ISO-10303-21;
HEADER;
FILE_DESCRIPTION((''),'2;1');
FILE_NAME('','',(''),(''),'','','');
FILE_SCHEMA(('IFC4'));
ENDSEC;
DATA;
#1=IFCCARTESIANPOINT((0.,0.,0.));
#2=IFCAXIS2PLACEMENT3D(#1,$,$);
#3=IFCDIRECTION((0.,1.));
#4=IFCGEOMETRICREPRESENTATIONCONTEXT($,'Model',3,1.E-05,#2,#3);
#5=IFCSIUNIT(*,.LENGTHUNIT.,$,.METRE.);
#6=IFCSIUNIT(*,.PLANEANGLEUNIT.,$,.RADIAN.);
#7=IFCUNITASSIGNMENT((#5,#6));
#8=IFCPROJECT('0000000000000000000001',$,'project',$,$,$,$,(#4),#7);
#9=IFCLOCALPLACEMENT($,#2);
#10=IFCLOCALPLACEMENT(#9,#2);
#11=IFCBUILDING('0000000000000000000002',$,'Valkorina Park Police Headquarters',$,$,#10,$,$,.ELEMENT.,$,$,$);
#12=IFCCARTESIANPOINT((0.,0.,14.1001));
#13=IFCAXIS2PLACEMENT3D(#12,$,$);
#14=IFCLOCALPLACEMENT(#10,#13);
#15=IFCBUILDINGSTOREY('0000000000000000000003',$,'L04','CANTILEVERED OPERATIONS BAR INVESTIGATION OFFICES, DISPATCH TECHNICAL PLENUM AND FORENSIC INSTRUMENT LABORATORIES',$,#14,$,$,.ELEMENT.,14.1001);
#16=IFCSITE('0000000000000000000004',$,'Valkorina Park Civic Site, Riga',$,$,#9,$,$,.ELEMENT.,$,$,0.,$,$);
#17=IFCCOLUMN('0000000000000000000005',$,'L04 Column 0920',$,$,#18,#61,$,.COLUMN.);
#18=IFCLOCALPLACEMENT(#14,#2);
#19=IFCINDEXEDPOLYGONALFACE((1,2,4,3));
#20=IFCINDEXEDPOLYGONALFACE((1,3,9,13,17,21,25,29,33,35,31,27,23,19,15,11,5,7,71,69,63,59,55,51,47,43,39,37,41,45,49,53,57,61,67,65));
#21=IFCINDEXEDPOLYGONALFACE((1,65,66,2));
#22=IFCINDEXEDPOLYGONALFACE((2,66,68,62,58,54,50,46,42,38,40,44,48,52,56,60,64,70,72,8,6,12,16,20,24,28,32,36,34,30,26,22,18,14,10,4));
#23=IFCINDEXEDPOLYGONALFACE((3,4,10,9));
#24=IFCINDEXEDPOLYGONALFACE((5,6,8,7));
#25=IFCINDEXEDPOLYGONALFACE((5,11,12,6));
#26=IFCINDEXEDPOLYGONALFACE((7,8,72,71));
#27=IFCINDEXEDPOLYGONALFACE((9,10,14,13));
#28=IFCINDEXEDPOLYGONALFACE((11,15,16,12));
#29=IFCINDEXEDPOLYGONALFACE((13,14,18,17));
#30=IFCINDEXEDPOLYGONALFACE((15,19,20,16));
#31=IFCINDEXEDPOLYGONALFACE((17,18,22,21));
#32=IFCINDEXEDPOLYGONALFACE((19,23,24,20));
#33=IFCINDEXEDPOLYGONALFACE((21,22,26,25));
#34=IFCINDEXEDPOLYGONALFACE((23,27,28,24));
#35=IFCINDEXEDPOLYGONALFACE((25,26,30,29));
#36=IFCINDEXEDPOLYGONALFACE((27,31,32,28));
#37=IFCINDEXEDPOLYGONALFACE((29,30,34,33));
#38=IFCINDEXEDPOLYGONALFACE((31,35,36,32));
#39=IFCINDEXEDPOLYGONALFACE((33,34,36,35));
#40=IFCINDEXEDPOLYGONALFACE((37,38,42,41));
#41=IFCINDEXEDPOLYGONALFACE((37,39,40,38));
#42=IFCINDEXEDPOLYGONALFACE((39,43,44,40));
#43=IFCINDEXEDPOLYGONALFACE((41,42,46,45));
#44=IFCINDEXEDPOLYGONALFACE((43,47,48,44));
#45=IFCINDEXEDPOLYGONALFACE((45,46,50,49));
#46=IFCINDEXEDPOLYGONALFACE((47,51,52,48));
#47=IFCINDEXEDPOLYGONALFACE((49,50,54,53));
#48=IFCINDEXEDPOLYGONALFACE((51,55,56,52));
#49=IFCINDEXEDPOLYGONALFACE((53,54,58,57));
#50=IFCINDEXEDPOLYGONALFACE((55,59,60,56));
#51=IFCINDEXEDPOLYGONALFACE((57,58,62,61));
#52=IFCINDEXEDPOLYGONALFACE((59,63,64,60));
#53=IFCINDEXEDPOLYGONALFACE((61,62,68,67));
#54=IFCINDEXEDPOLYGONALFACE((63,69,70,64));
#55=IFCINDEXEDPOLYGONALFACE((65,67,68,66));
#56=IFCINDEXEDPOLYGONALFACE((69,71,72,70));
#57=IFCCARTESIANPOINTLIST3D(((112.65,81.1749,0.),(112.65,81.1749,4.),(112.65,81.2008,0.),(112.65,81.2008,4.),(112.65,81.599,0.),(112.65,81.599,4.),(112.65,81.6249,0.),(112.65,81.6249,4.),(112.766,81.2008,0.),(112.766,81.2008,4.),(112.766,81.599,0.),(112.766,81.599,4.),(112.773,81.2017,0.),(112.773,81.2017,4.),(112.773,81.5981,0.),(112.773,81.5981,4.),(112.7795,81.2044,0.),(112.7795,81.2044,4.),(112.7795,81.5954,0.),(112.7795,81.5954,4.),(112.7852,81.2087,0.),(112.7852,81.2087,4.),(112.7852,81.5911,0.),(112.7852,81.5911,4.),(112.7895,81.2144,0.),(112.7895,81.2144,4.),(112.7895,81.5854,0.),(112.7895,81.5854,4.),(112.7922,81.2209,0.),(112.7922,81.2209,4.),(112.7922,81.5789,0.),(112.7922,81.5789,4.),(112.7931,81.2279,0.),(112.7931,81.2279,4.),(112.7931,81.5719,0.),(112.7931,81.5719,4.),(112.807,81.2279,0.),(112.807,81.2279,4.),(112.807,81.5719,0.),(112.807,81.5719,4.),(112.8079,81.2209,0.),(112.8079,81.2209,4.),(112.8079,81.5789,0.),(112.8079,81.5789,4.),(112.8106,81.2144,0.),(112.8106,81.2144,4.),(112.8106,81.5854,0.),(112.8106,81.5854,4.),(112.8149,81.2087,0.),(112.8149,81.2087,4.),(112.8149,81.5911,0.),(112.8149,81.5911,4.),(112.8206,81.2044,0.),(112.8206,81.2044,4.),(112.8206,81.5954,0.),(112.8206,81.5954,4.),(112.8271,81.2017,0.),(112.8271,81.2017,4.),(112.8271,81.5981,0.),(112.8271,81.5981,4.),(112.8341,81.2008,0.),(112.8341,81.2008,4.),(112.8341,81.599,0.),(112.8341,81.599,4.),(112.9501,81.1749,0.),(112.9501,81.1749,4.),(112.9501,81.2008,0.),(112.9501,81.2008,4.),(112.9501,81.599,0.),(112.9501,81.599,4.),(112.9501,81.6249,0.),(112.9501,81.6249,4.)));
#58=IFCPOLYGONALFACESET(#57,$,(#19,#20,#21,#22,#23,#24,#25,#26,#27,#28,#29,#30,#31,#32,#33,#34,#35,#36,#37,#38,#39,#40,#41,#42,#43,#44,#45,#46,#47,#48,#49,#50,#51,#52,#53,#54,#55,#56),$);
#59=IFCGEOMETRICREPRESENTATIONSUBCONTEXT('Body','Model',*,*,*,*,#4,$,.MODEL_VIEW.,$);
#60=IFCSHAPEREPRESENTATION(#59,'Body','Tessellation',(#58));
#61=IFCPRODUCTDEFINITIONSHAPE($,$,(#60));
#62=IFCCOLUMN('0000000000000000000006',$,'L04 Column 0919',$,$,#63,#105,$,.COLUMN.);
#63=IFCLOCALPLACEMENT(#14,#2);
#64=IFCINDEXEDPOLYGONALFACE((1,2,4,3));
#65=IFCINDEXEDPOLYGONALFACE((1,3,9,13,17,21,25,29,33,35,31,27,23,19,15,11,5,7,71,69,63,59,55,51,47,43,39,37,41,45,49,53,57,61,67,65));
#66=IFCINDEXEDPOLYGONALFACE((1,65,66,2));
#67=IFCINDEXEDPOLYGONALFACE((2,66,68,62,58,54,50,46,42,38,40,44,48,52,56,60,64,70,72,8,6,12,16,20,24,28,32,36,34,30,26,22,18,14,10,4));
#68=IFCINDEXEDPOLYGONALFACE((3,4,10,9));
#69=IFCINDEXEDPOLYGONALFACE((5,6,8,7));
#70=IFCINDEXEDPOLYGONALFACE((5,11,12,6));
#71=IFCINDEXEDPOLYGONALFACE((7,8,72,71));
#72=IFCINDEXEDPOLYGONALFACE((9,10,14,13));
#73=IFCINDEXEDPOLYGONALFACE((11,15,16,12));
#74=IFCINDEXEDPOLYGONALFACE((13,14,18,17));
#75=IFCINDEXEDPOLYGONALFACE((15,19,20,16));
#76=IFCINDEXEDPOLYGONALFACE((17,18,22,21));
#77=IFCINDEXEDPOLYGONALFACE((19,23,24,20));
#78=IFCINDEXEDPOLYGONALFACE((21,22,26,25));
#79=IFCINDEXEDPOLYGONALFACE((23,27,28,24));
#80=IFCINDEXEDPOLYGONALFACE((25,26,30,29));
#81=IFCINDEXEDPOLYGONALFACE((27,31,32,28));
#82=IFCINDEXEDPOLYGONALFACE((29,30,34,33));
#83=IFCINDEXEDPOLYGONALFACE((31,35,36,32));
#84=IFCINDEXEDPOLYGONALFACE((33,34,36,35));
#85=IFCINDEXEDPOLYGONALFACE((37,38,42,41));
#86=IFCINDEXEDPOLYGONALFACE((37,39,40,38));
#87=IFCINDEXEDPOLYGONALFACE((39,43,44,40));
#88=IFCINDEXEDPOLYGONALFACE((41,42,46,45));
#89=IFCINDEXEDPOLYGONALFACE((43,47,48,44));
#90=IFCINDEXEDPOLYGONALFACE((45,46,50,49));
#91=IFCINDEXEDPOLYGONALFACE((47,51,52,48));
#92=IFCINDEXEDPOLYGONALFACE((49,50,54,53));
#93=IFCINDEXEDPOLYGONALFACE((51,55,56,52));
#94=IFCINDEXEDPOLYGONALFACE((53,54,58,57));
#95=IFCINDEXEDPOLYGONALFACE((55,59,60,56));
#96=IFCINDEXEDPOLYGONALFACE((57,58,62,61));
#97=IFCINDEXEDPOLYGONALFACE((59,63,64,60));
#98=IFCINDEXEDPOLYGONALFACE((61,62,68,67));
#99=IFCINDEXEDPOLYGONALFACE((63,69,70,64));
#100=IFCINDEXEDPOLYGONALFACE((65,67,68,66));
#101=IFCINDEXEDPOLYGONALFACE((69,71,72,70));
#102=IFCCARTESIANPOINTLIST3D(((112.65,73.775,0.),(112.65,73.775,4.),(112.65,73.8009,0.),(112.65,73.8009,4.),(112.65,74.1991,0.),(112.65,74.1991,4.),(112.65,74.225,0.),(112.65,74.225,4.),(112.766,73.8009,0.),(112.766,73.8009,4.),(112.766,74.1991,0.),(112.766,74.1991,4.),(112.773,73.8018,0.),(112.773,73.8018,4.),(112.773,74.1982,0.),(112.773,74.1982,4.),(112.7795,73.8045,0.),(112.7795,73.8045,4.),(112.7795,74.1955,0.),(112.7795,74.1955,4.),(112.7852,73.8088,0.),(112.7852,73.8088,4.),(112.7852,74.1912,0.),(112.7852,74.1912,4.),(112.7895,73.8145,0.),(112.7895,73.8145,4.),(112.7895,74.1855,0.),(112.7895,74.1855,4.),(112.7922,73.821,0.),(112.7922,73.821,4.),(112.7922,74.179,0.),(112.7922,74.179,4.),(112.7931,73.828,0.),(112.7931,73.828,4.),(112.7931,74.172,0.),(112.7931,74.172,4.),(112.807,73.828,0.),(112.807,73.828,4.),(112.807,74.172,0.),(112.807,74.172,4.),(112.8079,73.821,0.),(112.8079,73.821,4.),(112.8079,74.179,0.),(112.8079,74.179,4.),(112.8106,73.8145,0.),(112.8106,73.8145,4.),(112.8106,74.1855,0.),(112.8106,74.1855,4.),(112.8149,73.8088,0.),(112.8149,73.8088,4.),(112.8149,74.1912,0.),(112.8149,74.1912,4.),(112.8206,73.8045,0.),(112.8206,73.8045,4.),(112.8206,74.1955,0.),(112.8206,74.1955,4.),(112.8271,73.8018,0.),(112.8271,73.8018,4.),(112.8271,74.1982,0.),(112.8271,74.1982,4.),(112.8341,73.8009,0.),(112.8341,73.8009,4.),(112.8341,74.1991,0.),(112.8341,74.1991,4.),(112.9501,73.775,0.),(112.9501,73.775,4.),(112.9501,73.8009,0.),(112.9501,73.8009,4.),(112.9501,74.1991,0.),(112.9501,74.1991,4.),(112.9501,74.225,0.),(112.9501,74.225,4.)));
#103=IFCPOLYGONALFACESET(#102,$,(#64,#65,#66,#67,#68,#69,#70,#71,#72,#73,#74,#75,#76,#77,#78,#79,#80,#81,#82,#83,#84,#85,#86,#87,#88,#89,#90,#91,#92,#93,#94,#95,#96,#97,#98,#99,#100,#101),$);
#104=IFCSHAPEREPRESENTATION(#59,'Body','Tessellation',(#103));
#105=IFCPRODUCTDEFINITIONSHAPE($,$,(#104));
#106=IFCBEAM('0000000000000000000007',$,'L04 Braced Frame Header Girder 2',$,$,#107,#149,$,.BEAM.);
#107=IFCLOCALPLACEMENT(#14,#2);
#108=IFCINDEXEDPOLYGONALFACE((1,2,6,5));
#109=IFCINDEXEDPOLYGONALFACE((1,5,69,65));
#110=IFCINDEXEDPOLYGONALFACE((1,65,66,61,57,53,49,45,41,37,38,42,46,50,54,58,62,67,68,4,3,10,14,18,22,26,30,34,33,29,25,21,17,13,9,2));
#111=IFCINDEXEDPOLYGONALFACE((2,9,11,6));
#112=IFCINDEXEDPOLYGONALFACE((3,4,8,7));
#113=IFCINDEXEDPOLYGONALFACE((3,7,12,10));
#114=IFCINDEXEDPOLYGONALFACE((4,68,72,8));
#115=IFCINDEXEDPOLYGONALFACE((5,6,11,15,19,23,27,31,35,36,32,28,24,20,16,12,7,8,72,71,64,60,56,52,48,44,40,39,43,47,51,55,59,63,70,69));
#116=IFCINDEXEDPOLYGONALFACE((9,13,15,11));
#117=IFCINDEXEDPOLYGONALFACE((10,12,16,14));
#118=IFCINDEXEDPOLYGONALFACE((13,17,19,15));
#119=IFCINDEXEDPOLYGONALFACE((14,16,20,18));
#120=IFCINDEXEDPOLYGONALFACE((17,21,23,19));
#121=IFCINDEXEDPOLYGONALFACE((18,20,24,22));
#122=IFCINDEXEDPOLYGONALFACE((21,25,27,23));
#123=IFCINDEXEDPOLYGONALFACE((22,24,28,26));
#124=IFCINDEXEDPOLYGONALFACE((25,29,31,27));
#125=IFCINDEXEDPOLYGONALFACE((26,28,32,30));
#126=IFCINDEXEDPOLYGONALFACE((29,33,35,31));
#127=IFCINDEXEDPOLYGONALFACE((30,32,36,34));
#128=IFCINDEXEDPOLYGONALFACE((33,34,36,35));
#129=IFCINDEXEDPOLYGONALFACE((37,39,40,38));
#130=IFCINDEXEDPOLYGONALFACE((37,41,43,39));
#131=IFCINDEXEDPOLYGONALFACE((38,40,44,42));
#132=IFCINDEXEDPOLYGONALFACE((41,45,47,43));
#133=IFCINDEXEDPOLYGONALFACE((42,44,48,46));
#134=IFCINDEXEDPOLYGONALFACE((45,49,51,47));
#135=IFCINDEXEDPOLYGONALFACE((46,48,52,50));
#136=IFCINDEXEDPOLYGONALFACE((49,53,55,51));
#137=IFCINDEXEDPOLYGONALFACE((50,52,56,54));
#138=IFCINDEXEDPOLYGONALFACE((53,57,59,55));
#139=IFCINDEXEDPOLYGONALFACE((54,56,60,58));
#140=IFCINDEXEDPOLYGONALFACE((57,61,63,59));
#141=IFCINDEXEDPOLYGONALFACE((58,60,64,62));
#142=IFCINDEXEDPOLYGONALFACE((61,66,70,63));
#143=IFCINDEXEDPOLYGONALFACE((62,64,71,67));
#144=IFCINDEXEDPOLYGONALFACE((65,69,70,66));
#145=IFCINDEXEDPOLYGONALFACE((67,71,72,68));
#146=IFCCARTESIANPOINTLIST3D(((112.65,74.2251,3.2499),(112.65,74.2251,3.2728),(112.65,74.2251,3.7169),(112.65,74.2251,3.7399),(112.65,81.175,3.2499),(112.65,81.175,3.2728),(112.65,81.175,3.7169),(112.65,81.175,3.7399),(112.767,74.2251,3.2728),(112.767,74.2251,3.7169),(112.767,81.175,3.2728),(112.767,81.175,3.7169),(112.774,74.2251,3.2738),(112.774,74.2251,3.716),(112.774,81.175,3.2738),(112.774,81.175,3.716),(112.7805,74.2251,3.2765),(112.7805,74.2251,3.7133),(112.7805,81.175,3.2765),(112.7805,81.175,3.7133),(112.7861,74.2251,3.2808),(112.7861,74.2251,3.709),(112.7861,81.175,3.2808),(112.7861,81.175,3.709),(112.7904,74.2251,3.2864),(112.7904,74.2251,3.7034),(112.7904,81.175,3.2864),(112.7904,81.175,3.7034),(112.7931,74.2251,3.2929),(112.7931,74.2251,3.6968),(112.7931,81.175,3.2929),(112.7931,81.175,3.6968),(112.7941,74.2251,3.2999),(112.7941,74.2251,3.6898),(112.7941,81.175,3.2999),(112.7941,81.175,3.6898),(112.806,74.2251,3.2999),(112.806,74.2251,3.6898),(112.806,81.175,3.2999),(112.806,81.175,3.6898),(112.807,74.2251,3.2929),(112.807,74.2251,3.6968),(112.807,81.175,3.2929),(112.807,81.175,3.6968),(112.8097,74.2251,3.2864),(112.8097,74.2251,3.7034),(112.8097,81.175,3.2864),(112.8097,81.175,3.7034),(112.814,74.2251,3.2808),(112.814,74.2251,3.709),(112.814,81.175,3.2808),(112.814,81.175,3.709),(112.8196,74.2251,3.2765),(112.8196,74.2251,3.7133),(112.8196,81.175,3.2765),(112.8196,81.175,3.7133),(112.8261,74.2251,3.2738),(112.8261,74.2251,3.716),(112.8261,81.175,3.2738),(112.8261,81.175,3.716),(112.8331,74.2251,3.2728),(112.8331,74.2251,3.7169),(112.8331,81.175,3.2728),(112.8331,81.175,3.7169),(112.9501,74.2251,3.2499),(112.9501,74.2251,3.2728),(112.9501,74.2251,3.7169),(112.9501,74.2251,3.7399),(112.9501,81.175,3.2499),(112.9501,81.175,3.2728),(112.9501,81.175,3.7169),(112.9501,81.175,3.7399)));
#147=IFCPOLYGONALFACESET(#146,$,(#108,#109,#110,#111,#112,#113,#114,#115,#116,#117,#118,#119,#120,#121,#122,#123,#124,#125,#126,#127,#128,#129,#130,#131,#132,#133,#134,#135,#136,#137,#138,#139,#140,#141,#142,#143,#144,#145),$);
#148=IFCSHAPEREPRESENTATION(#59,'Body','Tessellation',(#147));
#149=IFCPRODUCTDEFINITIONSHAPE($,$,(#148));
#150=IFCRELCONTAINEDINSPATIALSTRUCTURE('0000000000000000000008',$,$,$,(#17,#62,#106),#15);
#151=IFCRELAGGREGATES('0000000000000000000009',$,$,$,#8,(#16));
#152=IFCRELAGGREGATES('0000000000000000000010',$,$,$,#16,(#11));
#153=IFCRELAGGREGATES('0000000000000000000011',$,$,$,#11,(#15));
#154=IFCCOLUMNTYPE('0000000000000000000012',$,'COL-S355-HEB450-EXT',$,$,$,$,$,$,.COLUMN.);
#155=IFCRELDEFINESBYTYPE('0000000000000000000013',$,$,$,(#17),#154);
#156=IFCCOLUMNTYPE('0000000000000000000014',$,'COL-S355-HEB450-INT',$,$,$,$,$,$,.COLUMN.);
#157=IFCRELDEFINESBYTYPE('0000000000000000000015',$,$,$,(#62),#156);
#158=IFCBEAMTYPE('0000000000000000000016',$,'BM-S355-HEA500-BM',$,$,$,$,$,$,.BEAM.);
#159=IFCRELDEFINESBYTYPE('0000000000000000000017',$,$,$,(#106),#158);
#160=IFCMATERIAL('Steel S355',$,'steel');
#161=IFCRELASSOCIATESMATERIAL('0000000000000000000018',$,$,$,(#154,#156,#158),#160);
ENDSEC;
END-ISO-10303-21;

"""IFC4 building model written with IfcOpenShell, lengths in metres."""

from ifc_helpers import new_model, si_unit, direction, frame, origin, origin_2d, place, context, subcontext, project, spatial, i_section, extrude, material, material_profile, profile_set, type_object, element, save


model = new_model("IFC4")

# Units and contexts
model_context = context("Model", 3, precision=1e-05, world=origin(), true_north=direction((0.0, 1.0)))
body_context = subcontext(model_context, "Body", "Model", "MODEL_VIEW")
ifc_project = project(units=[si_unit("LENGTHUNIT", "METRE"), si_unit("PLANEANGLEUNIT", "RADIAN")], contexts=[model_context])

# Site, building, storey
site_placement = place(None, origin())
site = spatial("IfcSite", under=ifc_project, at=site_placement, Name="Valkorina Park Civic Site, Riga", CompositionType="ELEMENT", RefElevation=0.0)
building_placement = place(site_placement, origin())
building = spatial("IfcBuilding", under=site, at=building_placement, Name="Valkorina Park Police Headquarters", CompositionType="ELEMENT")
storey_placement = place(building_placement, frame((0.0, 0.0, 14.1001)))
storey = spatial("IfcBuildingStorey", under=building, at=storey_placement, Name="L04", Description="CANTILEVERED OPERATIONS BAR INVESTIGATION OFFICES, DISPATCH TECHNICAL PLENUM AND FORENSIC INSTRUMENT LABORATORIES", CompositionType="ELEMENT", Elevation=14.1001)

# Columns
ifc_material_1 = material(Name="Steel S355", Category="steel")
ifc_material_profile_1 = material_profile(ifc_material_1, i_section(OverallWidth=0.3, OverallDepth=0.45, WebThickness=0.0139, FlangeThickness=0.0259, FilletRadius=0.0271, at=origin_2d()), Name="HEB 450")
ifc_profile_set_1 = profile_set([ifc_material_profile_1], Name="Steel S355")
column_type_1 = type_object("IfcColumnType", Name="COL-S355-HEB450-EXT", PredefinedType="COLUMN", material=ifc_profile_set_1)
column_1_placement = place(storey_placement, frame((112.8, 81.3999, 0.0), z_axis=(0.0, 0.0, 1.0), x_axis=(1.0, 0.0, 0.0)))
element("IfcColumn", 1, at=column_1_placement, inside=storey, type_object=column_type_1, Name="L04 Column 0920", PredefinedType="COLUMN", context=body_context, shape_type="SweptSolid", body=[
    extrude(i_section(OverallWidth=0.3, OverallDepth=0.45, WebThickness=0.0139, FlangeThickness=0.0259, FilletRadius=0.0271, at=origin_2d()), origin(), (0.0, 0.0, 1.0), 4.0),
])
ifc_material_profile_2 = material_profile(ifc_material_1, i_section(OverallWidth=0.3, OverallDepth=0.45, WebThickness=0.0139, FlangeThickness=0.0259, FilletRadius=0.0271, at=origin_2d()), Name="HEB 450")
ifc_profile_set_2 = profile_set([ifc_material_profile_2], Name="Steel S355")
column_type_2 = type_object("IfcColumnType", Name="COL-S355-HEB450-INT", PredefinedType="COLUMN", material=ifc_profile_set_2)
column_2_placement = place(storey_placement, frame((112.8, 74.0, 0.0), z_axis=(0.0, 0.0, 1.0), x_axis=(1.0, 0.0, 0.0)))
element("IfcColumn", 2, at=column_2_placement, inside=storey, type_object=column_type_2, Name="L04 Column 0919", PredefinedType="COLUMN", context=body_context, shape_type="SweptSolid", body=[
    extrude(i_section(OverallWidth=0.3, OverallDepth=0.45, WebThickness=0.0139, FlangeThickness=0.0259, FilletRadius=0.0271, at=origin_2d()), origin(), (0.0, 0.0, 1.0), 4.0),
])

# Beam
ifc_material_profile_3 = material_profile(ifc_material_1, i_section(OverallWidth=0.3, OverallDepth=0.49, WebThickness=0.012, FlangeThickness=0.0229, FilletRadius=0.0271, at=origin_2d()), Name="HEA 500")
ifc_profile_set_3 = profile_set([ifc_material_profile_3], Name="Steel S355")
beam_type_1 = type_object("IfcBeamType", Name="BM-S355-HEA500-BM", PredefinedType="BEAM", material=ifc_profile_set_3)
beam_1_placement = place(storey_placement, frame((112.8, 74.2251, 3.4949), z_axis=(0.0, 1.0, 0.0), x_axis=(-1.0, 0.0, 0.0)))
element("IfcBeam", 3, at=beam_1_placement, inside=storey, type_object=beam_type_1, Name="L04 Braced Frame Header Girder 2", PredefinedType="BEAM", context=body_context, shape_type="SweptSolid", body=[
    extrude(i_section(OverallWidth=0.3, OverallDepth=0.49, WebThickness=0.012, FlangeThickness=0.0229, FilletRadius=0.0271, at=origin_2d()), origin(), (0.0, 0.0, 1.0), 6.95),
])

save(model, "model.ifc")
